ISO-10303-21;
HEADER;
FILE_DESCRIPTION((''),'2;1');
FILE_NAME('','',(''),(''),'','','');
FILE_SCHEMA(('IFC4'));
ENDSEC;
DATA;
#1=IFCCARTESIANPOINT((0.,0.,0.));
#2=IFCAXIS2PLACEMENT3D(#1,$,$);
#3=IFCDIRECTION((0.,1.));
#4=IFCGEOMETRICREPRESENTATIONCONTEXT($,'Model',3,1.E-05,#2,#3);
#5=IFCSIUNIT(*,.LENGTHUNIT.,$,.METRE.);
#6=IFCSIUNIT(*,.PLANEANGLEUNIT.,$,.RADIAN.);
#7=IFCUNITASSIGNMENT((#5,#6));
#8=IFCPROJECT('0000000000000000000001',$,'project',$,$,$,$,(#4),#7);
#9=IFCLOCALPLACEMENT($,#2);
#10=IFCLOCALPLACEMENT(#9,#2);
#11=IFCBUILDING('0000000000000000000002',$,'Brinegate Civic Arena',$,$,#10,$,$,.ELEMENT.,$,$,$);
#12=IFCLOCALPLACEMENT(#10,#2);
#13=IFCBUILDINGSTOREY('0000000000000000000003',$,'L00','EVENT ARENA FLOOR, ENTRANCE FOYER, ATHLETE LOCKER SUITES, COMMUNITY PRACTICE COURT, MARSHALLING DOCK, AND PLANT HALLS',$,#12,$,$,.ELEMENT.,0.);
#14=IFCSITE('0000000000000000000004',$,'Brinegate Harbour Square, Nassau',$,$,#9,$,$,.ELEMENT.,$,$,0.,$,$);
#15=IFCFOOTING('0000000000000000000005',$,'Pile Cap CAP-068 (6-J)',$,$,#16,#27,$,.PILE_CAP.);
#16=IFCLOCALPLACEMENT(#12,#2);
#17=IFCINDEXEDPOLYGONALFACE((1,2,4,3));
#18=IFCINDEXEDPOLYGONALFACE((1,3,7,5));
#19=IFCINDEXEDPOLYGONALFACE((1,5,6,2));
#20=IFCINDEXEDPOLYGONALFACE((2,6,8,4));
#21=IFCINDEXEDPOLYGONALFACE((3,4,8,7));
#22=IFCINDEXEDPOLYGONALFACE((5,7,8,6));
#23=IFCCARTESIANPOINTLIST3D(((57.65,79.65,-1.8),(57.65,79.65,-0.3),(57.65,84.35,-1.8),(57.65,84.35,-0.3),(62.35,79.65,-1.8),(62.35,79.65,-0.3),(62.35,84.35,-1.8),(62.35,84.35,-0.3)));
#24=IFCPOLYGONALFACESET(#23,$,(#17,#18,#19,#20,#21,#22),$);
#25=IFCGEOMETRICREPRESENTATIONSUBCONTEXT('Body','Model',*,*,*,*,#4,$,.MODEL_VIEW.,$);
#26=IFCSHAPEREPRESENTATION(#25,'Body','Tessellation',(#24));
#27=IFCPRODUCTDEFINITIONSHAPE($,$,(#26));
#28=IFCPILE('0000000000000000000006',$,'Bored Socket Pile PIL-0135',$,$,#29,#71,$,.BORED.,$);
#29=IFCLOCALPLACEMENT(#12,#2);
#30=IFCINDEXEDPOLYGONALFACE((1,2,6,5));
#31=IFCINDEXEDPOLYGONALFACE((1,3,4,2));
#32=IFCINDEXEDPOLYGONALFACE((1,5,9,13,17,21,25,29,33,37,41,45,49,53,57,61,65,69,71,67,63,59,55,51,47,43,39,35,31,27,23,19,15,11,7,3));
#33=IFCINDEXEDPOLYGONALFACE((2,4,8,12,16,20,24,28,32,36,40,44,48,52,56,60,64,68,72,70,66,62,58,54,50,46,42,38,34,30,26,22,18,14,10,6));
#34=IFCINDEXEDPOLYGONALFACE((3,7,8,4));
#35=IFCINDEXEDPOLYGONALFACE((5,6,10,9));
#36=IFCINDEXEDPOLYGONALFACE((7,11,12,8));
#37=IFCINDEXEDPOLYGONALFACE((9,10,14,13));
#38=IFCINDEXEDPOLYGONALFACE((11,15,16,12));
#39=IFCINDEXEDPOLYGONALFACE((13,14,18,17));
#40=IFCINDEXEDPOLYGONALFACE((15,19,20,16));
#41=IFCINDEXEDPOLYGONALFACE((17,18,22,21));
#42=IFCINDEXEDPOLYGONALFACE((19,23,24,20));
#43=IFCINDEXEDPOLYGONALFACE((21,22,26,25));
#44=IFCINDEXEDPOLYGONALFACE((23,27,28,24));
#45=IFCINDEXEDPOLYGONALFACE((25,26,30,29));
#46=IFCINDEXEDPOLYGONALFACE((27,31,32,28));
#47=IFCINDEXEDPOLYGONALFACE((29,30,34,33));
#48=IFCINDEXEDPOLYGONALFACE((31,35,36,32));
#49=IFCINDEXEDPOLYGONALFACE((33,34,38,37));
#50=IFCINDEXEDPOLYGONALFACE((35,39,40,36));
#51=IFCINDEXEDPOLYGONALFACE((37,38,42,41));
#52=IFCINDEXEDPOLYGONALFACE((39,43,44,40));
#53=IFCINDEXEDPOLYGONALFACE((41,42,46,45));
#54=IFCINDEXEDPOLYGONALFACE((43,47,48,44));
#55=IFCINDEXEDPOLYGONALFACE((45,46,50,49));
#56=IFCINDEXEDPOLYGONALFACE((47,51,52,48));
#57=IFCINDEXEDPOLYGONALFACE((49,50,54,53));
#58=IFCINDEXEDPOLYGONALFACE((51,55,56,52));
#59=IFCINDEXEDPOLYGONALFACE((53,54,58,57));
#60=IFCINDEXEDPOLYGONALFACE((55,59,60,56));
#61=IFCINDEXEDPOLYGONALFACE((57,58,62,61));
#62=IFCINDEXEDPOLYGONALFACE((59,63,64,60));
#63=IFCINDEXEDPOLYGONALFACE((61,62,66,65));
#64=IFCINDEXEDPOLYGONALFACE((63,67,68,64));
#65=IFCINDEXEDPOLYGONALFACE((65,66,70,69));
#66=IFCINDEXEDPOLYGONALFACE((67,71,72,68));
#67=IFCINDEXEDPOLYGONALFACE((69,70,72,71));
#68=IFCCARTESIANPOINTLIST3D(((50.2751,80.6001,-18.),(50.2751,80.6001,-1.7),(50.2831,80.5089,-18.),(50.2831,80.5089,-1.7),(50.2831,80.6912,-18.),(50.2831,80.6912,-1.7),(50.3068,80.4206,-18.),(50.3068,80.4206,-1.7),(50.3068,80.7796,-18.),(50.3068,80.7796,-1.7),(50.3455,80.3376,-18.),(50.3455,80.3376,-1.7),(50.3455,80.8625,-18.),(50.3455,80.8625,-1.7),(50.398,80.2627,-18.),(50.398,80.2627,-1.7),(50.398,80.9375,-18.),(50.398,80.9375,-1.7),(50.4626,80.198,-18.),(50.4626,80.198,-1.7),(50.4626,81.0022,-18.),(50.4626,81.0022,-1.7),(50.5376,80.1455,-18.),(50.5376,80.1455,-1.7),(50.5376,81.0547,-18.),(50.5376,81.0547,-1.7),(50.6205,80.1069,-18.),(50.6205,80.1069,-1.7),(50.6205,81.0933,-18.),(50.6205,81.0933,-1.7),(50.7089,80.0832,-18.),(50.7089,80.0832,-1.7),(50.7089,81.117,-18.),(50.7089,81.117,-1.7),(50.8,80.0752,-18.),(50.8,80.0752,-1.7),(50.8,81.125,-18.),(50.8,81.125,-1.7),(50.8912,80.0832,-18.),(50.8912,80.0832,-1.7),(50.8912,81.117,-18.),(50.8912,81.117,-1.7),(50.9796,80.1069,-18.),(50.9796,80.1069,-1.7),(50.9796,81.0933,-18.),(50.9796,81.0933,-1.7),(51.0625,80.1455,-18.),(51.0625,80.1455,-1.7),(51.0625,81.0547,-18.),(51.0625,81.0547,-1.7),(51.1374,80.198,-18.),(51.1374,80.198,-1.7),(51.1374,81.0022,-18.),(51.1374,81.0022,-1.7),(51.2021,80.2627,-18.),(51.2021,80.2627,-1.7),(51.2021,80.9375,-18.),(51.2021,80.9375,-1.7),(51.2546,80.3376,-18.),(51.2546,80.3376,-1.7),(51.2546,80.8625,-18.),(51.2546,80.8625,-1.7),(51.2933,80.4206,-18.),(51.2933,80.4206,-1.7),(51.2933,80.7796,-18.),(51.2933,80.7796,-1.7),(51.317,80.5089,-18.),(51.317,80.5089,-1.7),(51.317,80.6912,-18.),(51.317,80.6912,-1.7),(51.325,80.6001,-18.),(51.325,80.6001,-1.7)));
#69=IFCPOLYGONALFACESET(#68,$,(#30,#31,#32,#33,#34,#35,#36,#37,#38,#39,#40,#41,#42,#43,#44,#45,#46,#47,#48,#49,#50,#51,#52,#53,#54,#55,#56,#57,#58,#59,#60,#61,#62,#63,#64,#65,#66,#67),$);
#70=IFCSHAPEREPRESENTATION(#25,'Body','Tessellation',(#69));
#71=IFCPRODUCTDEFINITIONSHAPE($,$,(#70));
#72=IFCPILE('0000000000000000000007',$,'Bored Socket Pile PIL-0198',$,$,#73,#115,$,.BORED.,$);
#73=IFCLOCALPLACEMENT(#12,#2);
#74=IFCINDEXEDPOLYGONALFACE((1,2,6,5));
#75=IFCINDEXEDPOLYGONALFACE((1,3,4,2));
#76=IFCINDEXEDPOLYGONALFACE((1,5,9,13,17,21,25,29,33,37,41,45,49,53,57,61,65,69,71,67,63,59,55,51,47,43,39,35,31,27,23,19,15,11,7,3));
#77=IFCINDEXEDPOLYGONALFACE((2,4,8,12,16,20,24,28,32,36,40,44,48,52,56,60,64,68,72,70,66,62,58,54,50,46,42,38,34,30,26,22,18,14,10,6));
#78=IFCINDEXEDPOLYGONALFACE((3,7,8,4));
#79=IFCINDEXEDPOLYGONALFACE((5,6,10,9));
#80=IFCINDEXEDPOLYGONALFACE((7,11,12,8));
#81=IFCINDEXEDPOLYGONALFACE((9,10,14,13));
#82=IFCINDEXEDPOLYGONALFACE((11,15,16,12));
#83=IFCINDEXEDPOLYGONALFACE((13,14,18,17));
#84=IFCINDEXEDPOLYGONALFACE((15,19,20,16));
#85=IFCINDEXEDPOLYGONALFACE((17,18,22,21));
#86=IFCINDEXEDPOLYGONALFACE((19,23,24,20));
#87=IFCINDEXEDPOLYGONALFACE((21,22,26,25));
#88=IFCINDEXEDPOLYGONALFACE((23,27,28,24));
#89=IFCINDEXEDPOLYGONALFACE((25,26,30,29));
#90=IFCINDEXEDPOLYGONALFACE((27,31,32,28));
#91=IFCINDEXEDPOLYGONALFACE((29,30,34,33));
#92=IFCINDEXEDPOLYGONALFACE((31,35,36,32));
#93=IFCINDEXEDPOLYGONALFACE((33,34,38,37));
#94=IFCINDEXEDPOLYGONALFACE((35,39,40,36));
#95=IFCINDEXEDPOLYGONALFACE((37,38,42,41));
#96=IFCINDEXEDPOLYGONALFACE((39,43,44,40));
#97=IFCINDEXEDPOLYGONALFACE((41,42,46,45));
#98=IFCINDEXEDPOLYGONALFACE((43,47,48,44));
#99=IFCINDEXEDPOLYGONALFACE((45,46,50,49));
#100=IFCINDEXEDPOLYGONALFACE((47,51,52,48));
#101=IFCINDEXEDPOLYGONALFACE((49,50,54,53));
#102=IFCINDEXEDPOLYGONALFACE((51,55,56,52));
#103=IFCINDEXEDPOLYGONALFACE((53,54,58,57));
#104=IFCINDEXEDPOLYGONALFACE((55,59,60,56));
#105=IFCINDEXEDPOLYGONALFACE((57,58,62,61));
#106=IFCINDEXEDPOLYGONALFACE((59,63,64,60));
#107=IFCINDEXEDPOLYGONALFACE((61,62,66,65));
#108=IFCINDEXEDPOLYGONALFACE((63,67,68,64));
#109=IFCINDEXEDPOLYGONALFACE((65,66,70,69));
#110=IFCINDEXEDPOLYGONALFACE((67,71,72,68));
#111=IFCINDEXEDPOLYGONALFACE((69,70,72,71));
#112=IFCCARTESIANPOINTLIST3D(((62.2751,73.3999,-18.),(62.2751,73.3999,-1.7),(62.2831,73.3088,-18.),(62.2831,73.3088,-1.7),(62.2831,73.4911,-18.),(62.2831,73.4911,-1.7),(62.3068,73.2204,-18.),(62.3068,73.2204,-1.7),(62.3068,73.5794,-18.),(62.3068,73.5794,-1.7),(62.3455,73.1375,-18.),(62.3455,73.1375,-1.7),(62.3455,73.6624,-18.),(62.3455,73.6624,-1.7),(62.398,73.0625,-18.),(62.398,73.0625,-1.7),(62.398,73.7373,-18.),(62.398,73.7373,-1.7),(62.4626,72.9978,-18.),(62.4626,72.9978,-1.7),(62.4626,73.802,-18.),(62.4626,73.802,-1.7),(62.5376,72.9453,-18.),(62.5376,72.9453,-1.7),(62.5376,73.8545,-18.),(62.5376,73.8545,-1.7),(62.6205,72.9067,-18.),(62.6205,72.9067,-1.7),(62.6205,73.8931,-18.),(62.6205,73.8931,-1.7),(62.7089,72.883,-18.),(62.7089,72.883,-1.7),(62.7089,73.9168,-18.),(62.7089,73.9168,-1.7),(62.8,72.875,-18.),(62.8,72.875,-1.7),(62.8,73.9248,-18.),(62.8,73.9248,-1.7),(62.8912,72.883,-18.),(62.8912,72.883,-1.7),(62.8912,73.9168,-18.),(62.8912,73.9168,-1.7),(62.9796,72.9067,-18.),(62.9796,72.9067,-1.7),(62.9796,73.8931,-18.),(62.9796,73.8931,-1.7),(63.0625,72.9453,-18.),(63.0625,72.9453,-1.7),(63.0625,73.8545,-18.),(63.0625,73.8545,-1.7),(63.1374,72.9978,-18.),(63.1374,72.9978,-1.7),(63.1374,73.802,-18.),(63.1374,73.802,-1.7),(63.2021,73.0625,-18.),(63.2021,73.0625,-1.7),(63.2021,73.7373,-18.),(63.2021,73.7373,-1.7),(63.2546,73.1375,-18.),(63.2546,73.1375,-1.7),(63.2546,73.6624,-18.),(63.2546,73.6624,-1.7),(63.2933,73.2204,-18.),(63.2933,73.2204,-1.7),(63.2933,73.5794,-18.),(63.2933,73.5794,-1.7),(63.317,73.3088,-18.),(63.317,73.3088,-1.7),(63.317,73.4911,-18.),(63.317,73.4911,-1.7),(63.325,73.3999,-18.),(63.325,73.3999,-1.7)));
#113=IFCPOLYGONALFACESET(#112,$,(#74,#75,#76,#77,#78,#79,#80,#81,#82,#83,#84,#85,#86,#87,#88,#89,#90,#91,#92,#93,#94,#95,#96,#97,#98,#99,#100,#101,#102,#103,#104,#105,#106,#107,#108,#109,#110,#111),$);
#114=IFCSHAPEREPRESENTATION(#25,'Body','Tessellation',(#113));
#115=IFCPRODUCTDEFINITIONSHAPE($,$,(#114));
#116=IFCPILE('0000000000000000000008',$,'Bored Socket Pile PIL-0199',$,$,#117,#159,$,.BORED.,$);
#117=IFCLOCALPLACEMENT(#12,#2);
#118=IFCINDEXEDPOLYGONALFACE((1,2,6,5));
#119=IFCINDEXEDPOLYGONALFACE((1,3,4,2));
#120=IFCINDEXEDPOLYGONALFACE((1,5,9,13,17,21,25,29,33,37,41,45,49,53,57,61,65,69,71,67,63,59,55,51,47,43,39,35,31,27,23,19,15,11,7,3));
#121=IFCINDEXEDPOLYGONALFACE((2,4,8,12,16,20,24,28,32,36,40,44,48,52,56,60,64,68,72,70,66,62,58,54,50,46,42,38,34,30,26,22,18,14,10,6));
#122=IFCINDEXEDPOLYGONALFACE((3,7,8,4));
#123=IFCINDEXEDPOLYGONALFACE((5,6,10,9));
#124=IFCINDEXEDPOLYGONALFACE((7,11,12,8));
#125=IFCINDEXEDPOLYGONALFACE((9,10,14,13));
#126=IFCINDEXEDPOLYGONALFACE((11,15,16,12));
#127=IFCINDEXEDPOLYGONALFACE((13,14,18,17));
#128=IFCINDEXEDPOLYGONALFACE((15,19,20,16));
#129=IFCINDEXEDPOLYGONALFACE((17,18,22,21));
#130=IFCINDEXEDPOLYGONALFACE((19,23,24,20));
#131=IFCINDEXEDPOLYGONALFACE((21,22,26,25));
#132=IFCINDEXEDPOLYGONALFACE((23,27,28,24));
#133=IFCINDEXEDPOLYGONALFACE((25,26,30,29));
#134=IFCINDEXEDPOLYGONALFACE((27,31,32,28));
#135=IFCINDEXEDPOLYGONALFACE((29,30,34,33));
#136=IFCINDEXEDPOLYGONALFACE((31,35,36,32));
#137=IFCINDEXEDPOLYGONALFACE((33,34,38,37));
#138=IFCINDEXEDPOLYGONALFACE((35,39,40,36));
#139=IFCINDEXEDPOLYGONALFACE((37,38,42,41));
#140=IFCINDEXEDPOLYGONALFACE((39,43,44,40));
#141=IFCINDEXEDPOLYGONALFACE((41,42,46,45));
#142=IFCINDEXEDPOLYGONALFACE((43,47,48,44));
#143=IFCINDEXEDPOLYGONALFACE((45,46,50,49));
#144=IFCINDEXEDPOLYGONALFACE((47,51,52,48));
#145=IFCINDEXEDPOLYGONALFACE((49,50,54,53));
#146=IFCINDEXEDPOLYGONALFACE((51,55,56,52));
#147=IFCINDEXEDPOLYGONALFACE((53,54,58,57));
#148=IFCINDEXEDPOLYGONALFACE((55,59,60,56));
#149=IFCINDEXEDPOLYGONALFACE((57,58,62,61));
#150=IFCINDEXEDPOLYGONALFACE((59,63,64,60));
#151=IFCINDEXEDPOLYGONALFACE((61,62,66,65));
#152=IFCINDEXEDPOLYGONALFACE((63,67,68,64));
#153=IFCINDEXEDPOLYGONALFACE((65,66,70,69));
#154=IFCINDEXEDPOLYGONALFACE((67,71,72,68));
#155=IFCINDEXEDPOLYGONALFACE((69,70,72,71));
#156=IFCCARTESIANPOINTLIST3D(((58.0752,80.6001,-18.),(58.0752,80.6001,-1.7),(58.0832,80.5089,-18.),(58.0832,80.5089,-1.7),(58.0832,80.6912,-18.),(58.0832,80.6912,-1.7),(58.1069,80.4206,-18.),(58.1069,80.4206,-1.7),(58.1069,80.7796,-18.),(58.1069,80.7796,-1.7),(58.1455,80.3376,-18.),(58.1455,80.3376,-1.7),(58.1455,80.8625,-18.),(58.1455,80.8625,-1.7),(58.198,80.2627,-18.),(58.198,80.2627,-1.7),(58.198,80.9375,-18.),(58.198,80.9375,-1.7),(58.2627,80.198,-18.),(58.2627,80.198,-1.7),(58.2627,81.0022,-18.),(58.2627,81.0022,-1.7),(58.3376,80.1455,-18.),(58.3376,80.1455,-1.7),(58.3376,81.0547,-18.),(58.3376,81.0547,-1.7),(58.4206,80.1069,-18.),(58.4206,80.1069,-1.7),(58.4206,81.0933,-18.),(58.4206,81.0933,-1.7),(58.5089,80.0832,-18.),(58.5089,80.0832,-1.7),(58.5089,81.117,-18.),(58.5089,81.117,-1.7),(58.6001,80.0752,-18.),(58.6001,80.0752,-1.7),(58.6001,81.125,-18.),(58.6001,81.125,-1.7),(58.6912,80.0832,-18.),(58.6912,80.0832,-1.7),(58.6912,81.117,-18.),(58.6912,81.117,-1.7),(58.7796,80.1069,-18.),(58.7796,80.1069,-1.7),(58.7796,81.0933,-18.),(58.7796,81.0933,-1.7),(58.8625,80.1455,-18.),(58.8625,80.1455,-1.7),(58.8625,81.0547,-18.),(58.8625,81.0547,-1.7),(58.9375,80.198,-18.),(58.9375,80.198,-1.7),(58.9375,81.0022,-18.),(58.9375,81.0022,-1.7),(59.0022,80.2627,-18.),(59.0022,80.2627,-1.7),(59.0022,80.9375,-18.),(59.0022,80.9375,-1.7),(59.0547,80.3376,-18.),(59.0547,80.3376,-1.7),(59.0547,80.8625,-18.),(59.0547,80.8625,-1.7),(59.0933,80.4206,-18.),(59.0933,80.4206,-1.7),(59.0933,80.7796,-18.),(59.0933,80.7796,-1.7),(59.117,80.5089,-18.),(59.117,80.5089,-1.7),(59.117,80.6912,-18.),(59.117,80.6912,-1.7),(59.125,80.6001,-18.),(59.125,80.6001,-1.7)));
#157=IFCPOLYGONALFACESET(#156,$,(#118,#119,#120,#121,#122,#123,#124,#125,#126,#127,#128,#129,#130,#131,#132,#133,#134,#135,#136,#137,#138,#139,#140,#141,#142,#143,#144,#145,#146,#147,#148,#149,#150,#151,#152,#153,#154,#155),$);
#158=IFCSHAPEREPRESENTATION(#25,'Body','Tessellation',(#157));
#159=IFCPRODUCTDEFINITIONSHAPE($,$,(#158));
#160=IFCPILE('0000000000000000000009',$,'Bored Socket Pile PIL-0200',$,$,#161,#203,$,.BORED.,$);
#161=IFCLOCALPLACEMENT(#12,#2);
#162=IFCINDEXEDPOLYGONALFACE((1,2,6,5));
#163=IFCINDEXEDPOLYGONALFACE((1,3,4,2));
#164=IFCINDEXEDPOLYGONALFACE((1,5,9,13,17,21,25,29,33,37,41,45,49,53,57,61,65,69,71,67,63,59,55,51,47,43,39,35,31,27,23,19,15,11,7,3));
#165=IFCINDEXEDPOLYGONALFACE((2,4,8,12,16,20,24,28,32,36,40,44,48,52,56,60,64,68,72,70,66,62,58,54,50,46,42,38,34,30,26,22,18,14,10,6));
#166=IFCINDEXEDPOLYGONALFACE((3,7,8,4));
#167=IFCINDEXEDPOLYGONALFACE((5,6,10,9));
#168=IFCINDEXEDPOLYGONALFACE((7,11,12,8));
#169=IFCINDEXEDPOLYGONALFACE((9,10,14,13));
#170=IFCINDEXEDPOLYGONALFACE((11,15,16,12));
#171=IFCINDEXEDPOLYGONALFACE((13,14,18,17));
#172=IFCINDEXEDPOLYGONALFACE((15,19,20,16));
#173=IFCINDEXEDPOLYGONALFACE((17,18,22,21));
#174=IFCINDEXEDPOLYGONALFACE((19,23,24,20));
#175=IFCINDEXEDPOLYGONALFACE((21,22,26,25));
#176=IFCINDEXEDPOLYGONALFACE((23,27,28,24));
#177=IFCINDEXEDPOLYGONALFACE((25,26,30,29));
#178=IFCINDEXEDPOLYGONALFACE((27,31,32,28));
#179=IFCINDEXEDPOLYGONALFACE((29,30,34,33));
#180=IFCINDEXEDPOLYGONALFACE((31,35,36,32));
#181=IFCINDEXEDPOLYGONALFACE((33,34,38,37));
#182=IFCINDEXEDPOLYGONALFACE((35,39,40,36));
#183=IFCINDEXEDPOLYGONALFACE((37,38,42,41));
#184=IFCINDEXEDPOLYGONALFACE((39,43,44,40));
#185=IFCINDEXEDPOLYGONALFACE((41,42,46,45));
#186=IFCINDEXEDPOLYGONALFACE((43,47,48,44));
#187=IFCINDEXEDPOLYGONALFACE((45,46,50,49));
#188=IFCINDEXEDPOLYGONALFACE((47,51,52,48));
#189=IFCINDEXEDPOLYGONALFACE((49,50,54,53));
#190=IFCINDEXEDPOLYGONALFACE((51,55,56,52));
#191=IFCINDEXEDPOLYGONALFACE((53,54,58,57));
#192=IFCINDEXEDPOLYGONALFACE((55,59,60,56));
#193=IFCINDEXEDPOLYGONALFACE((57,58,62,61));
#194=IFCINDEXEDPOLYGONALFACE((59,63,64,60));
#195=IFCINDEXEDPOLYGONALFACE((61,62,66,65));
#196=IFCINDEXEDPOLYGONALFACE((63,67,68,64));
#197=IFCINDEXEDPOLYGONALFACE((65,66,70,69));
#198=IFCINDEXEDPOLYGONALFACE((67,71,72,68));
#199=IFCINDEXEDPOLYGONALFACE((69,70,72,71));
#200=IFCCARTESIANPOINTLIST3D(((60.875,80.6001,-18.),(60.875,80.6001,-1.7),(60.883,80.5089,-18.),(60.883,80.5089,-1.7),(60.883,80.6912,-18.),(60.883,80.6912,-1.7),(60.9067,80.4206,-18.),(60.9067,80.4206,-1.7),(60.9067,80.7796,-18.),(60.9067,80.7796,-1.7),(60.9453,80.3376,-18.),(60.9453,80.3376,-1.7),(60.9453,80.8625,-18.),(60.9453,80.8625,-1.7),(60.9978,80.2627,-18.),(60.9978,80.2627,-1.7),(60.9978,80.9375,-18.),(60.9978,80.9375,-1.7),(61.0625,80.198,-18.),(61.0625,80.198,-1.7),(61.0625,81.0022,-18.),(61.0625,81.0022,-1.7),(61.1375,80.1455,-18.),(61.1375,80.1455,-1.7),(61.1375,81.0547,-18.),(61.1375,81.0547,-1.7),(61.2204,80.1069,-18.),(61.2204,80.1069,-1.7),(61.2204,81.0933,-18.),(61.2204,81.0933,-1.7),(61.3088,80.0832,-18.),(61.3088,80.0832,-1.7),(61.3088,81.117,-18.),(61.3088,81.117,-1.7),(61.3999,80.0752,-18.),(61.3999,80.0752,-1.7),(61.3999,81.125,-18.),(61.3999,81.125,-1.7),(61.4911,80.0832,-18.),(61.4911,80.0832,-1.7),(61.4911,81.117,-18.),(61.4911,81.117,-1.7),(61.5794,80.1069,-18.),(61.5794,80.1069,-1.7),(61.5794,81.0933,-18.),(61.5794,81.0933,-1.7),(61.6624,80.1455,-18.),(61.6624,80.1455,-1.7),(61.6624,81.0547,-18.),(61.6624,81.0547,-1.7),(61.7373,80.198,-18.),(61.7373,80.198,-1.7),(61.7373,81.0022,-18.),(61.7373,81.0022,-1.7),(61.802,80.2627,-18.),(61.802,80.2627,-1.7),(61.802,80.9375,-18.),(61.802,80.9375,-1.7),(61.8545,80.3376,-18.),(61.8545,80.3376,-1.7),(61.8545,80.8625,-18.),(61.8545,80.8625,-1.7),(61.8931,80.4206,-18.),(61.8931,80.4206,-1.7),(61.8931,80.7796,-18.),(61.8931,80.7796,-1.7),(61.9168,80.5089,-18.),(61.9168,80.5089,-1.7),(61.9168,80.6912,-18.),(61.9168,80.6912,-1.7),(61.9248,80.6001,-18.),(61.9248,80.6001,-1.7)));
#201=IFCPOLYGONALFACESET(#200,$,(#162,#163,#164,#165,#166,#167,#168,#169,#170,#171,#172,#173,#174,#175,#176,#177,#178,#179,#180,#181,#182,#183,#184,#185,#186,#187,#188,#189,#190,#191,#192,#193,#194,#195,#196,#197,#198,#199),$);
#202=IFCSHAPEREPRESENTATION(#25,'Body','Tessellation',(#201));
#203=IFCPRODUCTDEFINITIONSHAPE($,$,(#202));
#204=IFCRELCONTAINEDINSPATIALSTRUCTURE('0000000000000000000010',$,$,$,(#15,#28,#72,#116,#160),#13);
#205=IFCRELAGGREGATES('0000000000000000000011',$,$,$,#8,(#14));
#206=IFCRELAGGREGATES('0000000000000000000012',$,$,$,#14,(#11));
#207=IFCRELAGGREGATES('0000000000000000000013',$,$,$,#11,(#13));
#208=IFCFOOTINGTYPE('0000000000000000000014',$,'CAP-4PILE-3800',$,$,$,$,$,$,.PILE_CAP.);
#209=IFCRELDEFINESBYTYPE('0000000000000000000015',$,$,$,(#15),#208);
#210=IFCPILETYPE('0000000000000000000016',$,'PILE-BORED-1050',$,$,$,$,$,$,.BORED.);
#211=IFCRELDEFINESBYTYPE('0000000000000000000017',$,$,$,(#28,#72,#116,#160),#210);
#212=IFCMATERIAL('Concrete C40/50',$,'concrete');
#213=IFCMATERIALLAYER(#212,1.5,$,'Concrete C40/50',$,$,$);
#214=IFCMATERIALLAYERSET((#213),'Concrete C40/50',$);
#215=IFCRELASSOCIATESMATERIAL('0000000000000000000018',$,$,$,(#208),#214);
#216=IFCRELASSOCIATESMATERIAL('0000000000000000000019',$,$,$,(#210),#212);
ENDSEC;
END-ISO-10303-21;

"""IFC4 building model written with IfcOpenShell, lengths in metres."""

from ifc_helpers import new_model, si_unit, direction, frame, origin, origin_2d, place, context, subcontext, project, spatial, rectangle, circle, extrude, material, layer, layer_set, material_profile, profile_set, type_object, element, save


model = new_model("IFC4")

# Units and contexts
model_context = context("Model", 3, precision=1e-05, world=origin(), true_north=direction((0.0, 1.0)))
body_context = subcontext(model_context, "Body", "Model", "MODEL_VIEW")
ifc_project = project(units=[si_unit("LENGTHUNIT", "METRE"), si_unit("PLANEANGLEUNIT", "RADIAN")], contexts=[model_context])

# Site, building, storey
site_placement = place(None, origin())
site = spatial("IfcSite", under=ifc_project, at=site_placement, Name="Brinegate Harbour Square, Nassau", CompositionType="ELEMENT", RefElevation=0.0)
building_placement = place(site_placement, origin())
building = spatial("IfcBuilding", under=site, at=building_placement, Name="Brinegate Civic Arena", CompositionType="ELEMENT")
storey_placement = place(building_placement, origin())
storey = spatial("IfcBuildingStorey", under=building, at=storey_placement, Name="L00", Description="EVENT ARENA FLOOR, ENTRANCE FOYER, ATHLETE LOCKER SUITES, COMMUNITY PRACTICE COURT, MARSHALLING DOCK, AND PLANT HALLS", CompositionType="ELEMENT", Elevation=0.0)

# Footing
ifc_material_1 = material(Name="Concrete C40/50", Category="concrete")
ifc_layer_1 = layer(ifc_material_1, 1.5, Name="Concrete C40/50")
ifc_layer_set_1 = layer_set([ifc_layer_1], Name="Concrete C40/50")
footing_type_1 = type_object("IfcFootingType", Name="CAP-4PILE-3800", PredefinedType="PILE_CAP", material=ifc_layer_set_1)
footing_1_placement = place(storey_placement, frame((60.0, 82.0, -1.8), z_axis=(0.0, 0.0, 1.0), x_axis=(1.0, 0.0, 0.0)))
element("IfcFooting", 1, at=footing_1_placement, inside=storey, type_object=footing_type_1, Name="Pile Cap CAP-068 (6-J)", PredefinedType="PILE_CAP", context=body_context, shape_type="SweptSolid", body=[
    extrude(rectangle(XDim=4.7, YDim=4.7, at=origin_2d()), origin(), (0.0, 0.0, 1.0), 1.5),
])

# Piles
ifc_material_profile_1 = material_profile(ifc_material_1, circle(Radius=0.5249, at=origin_2d()), Name="PILED1050")
ifc_profile_set_1 = profile_set([ifc_material_profile_1], Name="Concrete C40/50")
pile_type = type_object("IfcPileType", Name="PILE-BORED-1050", PredefinedType="BORED", material=ifc_profile_set_1)
for number, where, z_axis, x_axis, name in (
    (2, (50.8, 80.6001, -1.7), (0.0, 0.0, -1.0), (1.0, 0.0, 0.0), "Bored Socket Pile PIL-0135"),
    (3, (62.8, 73.3999, -1.7), (0.0, 0.0, -1.0), (1.0, 0.0, 0.0), "Bored Socket Pile PIL-0198"),
    (4, (58.6001, 80.6001, -1.7), (0.0, 0.0, -1.0), (1.0, 0.0, 0.0), "Bored Socket Pile PIL-0199"),
    (5, (61.3999, 80.6001, -1.7), (0.0, 0.0, -1.0), (1.0, 0.0, 0.0), "Bored Socket Pile PIL-0200"),
):
    element("IfcPile", number, at=place(storey_placement, frame(where, z_axis=z_axis, x_axis=x_axis)), inside=storey, type_object=pile_type, Name=name, PredefinedType="BORED", context=body_context, shape_type="SweptSolid", body=[
        extrude(circle(Radius=0.5249, at=origin_2d()), origin(), (0.0, 0.0, 1.0), 16.3),
    ])

save(model, "model.ifc")
